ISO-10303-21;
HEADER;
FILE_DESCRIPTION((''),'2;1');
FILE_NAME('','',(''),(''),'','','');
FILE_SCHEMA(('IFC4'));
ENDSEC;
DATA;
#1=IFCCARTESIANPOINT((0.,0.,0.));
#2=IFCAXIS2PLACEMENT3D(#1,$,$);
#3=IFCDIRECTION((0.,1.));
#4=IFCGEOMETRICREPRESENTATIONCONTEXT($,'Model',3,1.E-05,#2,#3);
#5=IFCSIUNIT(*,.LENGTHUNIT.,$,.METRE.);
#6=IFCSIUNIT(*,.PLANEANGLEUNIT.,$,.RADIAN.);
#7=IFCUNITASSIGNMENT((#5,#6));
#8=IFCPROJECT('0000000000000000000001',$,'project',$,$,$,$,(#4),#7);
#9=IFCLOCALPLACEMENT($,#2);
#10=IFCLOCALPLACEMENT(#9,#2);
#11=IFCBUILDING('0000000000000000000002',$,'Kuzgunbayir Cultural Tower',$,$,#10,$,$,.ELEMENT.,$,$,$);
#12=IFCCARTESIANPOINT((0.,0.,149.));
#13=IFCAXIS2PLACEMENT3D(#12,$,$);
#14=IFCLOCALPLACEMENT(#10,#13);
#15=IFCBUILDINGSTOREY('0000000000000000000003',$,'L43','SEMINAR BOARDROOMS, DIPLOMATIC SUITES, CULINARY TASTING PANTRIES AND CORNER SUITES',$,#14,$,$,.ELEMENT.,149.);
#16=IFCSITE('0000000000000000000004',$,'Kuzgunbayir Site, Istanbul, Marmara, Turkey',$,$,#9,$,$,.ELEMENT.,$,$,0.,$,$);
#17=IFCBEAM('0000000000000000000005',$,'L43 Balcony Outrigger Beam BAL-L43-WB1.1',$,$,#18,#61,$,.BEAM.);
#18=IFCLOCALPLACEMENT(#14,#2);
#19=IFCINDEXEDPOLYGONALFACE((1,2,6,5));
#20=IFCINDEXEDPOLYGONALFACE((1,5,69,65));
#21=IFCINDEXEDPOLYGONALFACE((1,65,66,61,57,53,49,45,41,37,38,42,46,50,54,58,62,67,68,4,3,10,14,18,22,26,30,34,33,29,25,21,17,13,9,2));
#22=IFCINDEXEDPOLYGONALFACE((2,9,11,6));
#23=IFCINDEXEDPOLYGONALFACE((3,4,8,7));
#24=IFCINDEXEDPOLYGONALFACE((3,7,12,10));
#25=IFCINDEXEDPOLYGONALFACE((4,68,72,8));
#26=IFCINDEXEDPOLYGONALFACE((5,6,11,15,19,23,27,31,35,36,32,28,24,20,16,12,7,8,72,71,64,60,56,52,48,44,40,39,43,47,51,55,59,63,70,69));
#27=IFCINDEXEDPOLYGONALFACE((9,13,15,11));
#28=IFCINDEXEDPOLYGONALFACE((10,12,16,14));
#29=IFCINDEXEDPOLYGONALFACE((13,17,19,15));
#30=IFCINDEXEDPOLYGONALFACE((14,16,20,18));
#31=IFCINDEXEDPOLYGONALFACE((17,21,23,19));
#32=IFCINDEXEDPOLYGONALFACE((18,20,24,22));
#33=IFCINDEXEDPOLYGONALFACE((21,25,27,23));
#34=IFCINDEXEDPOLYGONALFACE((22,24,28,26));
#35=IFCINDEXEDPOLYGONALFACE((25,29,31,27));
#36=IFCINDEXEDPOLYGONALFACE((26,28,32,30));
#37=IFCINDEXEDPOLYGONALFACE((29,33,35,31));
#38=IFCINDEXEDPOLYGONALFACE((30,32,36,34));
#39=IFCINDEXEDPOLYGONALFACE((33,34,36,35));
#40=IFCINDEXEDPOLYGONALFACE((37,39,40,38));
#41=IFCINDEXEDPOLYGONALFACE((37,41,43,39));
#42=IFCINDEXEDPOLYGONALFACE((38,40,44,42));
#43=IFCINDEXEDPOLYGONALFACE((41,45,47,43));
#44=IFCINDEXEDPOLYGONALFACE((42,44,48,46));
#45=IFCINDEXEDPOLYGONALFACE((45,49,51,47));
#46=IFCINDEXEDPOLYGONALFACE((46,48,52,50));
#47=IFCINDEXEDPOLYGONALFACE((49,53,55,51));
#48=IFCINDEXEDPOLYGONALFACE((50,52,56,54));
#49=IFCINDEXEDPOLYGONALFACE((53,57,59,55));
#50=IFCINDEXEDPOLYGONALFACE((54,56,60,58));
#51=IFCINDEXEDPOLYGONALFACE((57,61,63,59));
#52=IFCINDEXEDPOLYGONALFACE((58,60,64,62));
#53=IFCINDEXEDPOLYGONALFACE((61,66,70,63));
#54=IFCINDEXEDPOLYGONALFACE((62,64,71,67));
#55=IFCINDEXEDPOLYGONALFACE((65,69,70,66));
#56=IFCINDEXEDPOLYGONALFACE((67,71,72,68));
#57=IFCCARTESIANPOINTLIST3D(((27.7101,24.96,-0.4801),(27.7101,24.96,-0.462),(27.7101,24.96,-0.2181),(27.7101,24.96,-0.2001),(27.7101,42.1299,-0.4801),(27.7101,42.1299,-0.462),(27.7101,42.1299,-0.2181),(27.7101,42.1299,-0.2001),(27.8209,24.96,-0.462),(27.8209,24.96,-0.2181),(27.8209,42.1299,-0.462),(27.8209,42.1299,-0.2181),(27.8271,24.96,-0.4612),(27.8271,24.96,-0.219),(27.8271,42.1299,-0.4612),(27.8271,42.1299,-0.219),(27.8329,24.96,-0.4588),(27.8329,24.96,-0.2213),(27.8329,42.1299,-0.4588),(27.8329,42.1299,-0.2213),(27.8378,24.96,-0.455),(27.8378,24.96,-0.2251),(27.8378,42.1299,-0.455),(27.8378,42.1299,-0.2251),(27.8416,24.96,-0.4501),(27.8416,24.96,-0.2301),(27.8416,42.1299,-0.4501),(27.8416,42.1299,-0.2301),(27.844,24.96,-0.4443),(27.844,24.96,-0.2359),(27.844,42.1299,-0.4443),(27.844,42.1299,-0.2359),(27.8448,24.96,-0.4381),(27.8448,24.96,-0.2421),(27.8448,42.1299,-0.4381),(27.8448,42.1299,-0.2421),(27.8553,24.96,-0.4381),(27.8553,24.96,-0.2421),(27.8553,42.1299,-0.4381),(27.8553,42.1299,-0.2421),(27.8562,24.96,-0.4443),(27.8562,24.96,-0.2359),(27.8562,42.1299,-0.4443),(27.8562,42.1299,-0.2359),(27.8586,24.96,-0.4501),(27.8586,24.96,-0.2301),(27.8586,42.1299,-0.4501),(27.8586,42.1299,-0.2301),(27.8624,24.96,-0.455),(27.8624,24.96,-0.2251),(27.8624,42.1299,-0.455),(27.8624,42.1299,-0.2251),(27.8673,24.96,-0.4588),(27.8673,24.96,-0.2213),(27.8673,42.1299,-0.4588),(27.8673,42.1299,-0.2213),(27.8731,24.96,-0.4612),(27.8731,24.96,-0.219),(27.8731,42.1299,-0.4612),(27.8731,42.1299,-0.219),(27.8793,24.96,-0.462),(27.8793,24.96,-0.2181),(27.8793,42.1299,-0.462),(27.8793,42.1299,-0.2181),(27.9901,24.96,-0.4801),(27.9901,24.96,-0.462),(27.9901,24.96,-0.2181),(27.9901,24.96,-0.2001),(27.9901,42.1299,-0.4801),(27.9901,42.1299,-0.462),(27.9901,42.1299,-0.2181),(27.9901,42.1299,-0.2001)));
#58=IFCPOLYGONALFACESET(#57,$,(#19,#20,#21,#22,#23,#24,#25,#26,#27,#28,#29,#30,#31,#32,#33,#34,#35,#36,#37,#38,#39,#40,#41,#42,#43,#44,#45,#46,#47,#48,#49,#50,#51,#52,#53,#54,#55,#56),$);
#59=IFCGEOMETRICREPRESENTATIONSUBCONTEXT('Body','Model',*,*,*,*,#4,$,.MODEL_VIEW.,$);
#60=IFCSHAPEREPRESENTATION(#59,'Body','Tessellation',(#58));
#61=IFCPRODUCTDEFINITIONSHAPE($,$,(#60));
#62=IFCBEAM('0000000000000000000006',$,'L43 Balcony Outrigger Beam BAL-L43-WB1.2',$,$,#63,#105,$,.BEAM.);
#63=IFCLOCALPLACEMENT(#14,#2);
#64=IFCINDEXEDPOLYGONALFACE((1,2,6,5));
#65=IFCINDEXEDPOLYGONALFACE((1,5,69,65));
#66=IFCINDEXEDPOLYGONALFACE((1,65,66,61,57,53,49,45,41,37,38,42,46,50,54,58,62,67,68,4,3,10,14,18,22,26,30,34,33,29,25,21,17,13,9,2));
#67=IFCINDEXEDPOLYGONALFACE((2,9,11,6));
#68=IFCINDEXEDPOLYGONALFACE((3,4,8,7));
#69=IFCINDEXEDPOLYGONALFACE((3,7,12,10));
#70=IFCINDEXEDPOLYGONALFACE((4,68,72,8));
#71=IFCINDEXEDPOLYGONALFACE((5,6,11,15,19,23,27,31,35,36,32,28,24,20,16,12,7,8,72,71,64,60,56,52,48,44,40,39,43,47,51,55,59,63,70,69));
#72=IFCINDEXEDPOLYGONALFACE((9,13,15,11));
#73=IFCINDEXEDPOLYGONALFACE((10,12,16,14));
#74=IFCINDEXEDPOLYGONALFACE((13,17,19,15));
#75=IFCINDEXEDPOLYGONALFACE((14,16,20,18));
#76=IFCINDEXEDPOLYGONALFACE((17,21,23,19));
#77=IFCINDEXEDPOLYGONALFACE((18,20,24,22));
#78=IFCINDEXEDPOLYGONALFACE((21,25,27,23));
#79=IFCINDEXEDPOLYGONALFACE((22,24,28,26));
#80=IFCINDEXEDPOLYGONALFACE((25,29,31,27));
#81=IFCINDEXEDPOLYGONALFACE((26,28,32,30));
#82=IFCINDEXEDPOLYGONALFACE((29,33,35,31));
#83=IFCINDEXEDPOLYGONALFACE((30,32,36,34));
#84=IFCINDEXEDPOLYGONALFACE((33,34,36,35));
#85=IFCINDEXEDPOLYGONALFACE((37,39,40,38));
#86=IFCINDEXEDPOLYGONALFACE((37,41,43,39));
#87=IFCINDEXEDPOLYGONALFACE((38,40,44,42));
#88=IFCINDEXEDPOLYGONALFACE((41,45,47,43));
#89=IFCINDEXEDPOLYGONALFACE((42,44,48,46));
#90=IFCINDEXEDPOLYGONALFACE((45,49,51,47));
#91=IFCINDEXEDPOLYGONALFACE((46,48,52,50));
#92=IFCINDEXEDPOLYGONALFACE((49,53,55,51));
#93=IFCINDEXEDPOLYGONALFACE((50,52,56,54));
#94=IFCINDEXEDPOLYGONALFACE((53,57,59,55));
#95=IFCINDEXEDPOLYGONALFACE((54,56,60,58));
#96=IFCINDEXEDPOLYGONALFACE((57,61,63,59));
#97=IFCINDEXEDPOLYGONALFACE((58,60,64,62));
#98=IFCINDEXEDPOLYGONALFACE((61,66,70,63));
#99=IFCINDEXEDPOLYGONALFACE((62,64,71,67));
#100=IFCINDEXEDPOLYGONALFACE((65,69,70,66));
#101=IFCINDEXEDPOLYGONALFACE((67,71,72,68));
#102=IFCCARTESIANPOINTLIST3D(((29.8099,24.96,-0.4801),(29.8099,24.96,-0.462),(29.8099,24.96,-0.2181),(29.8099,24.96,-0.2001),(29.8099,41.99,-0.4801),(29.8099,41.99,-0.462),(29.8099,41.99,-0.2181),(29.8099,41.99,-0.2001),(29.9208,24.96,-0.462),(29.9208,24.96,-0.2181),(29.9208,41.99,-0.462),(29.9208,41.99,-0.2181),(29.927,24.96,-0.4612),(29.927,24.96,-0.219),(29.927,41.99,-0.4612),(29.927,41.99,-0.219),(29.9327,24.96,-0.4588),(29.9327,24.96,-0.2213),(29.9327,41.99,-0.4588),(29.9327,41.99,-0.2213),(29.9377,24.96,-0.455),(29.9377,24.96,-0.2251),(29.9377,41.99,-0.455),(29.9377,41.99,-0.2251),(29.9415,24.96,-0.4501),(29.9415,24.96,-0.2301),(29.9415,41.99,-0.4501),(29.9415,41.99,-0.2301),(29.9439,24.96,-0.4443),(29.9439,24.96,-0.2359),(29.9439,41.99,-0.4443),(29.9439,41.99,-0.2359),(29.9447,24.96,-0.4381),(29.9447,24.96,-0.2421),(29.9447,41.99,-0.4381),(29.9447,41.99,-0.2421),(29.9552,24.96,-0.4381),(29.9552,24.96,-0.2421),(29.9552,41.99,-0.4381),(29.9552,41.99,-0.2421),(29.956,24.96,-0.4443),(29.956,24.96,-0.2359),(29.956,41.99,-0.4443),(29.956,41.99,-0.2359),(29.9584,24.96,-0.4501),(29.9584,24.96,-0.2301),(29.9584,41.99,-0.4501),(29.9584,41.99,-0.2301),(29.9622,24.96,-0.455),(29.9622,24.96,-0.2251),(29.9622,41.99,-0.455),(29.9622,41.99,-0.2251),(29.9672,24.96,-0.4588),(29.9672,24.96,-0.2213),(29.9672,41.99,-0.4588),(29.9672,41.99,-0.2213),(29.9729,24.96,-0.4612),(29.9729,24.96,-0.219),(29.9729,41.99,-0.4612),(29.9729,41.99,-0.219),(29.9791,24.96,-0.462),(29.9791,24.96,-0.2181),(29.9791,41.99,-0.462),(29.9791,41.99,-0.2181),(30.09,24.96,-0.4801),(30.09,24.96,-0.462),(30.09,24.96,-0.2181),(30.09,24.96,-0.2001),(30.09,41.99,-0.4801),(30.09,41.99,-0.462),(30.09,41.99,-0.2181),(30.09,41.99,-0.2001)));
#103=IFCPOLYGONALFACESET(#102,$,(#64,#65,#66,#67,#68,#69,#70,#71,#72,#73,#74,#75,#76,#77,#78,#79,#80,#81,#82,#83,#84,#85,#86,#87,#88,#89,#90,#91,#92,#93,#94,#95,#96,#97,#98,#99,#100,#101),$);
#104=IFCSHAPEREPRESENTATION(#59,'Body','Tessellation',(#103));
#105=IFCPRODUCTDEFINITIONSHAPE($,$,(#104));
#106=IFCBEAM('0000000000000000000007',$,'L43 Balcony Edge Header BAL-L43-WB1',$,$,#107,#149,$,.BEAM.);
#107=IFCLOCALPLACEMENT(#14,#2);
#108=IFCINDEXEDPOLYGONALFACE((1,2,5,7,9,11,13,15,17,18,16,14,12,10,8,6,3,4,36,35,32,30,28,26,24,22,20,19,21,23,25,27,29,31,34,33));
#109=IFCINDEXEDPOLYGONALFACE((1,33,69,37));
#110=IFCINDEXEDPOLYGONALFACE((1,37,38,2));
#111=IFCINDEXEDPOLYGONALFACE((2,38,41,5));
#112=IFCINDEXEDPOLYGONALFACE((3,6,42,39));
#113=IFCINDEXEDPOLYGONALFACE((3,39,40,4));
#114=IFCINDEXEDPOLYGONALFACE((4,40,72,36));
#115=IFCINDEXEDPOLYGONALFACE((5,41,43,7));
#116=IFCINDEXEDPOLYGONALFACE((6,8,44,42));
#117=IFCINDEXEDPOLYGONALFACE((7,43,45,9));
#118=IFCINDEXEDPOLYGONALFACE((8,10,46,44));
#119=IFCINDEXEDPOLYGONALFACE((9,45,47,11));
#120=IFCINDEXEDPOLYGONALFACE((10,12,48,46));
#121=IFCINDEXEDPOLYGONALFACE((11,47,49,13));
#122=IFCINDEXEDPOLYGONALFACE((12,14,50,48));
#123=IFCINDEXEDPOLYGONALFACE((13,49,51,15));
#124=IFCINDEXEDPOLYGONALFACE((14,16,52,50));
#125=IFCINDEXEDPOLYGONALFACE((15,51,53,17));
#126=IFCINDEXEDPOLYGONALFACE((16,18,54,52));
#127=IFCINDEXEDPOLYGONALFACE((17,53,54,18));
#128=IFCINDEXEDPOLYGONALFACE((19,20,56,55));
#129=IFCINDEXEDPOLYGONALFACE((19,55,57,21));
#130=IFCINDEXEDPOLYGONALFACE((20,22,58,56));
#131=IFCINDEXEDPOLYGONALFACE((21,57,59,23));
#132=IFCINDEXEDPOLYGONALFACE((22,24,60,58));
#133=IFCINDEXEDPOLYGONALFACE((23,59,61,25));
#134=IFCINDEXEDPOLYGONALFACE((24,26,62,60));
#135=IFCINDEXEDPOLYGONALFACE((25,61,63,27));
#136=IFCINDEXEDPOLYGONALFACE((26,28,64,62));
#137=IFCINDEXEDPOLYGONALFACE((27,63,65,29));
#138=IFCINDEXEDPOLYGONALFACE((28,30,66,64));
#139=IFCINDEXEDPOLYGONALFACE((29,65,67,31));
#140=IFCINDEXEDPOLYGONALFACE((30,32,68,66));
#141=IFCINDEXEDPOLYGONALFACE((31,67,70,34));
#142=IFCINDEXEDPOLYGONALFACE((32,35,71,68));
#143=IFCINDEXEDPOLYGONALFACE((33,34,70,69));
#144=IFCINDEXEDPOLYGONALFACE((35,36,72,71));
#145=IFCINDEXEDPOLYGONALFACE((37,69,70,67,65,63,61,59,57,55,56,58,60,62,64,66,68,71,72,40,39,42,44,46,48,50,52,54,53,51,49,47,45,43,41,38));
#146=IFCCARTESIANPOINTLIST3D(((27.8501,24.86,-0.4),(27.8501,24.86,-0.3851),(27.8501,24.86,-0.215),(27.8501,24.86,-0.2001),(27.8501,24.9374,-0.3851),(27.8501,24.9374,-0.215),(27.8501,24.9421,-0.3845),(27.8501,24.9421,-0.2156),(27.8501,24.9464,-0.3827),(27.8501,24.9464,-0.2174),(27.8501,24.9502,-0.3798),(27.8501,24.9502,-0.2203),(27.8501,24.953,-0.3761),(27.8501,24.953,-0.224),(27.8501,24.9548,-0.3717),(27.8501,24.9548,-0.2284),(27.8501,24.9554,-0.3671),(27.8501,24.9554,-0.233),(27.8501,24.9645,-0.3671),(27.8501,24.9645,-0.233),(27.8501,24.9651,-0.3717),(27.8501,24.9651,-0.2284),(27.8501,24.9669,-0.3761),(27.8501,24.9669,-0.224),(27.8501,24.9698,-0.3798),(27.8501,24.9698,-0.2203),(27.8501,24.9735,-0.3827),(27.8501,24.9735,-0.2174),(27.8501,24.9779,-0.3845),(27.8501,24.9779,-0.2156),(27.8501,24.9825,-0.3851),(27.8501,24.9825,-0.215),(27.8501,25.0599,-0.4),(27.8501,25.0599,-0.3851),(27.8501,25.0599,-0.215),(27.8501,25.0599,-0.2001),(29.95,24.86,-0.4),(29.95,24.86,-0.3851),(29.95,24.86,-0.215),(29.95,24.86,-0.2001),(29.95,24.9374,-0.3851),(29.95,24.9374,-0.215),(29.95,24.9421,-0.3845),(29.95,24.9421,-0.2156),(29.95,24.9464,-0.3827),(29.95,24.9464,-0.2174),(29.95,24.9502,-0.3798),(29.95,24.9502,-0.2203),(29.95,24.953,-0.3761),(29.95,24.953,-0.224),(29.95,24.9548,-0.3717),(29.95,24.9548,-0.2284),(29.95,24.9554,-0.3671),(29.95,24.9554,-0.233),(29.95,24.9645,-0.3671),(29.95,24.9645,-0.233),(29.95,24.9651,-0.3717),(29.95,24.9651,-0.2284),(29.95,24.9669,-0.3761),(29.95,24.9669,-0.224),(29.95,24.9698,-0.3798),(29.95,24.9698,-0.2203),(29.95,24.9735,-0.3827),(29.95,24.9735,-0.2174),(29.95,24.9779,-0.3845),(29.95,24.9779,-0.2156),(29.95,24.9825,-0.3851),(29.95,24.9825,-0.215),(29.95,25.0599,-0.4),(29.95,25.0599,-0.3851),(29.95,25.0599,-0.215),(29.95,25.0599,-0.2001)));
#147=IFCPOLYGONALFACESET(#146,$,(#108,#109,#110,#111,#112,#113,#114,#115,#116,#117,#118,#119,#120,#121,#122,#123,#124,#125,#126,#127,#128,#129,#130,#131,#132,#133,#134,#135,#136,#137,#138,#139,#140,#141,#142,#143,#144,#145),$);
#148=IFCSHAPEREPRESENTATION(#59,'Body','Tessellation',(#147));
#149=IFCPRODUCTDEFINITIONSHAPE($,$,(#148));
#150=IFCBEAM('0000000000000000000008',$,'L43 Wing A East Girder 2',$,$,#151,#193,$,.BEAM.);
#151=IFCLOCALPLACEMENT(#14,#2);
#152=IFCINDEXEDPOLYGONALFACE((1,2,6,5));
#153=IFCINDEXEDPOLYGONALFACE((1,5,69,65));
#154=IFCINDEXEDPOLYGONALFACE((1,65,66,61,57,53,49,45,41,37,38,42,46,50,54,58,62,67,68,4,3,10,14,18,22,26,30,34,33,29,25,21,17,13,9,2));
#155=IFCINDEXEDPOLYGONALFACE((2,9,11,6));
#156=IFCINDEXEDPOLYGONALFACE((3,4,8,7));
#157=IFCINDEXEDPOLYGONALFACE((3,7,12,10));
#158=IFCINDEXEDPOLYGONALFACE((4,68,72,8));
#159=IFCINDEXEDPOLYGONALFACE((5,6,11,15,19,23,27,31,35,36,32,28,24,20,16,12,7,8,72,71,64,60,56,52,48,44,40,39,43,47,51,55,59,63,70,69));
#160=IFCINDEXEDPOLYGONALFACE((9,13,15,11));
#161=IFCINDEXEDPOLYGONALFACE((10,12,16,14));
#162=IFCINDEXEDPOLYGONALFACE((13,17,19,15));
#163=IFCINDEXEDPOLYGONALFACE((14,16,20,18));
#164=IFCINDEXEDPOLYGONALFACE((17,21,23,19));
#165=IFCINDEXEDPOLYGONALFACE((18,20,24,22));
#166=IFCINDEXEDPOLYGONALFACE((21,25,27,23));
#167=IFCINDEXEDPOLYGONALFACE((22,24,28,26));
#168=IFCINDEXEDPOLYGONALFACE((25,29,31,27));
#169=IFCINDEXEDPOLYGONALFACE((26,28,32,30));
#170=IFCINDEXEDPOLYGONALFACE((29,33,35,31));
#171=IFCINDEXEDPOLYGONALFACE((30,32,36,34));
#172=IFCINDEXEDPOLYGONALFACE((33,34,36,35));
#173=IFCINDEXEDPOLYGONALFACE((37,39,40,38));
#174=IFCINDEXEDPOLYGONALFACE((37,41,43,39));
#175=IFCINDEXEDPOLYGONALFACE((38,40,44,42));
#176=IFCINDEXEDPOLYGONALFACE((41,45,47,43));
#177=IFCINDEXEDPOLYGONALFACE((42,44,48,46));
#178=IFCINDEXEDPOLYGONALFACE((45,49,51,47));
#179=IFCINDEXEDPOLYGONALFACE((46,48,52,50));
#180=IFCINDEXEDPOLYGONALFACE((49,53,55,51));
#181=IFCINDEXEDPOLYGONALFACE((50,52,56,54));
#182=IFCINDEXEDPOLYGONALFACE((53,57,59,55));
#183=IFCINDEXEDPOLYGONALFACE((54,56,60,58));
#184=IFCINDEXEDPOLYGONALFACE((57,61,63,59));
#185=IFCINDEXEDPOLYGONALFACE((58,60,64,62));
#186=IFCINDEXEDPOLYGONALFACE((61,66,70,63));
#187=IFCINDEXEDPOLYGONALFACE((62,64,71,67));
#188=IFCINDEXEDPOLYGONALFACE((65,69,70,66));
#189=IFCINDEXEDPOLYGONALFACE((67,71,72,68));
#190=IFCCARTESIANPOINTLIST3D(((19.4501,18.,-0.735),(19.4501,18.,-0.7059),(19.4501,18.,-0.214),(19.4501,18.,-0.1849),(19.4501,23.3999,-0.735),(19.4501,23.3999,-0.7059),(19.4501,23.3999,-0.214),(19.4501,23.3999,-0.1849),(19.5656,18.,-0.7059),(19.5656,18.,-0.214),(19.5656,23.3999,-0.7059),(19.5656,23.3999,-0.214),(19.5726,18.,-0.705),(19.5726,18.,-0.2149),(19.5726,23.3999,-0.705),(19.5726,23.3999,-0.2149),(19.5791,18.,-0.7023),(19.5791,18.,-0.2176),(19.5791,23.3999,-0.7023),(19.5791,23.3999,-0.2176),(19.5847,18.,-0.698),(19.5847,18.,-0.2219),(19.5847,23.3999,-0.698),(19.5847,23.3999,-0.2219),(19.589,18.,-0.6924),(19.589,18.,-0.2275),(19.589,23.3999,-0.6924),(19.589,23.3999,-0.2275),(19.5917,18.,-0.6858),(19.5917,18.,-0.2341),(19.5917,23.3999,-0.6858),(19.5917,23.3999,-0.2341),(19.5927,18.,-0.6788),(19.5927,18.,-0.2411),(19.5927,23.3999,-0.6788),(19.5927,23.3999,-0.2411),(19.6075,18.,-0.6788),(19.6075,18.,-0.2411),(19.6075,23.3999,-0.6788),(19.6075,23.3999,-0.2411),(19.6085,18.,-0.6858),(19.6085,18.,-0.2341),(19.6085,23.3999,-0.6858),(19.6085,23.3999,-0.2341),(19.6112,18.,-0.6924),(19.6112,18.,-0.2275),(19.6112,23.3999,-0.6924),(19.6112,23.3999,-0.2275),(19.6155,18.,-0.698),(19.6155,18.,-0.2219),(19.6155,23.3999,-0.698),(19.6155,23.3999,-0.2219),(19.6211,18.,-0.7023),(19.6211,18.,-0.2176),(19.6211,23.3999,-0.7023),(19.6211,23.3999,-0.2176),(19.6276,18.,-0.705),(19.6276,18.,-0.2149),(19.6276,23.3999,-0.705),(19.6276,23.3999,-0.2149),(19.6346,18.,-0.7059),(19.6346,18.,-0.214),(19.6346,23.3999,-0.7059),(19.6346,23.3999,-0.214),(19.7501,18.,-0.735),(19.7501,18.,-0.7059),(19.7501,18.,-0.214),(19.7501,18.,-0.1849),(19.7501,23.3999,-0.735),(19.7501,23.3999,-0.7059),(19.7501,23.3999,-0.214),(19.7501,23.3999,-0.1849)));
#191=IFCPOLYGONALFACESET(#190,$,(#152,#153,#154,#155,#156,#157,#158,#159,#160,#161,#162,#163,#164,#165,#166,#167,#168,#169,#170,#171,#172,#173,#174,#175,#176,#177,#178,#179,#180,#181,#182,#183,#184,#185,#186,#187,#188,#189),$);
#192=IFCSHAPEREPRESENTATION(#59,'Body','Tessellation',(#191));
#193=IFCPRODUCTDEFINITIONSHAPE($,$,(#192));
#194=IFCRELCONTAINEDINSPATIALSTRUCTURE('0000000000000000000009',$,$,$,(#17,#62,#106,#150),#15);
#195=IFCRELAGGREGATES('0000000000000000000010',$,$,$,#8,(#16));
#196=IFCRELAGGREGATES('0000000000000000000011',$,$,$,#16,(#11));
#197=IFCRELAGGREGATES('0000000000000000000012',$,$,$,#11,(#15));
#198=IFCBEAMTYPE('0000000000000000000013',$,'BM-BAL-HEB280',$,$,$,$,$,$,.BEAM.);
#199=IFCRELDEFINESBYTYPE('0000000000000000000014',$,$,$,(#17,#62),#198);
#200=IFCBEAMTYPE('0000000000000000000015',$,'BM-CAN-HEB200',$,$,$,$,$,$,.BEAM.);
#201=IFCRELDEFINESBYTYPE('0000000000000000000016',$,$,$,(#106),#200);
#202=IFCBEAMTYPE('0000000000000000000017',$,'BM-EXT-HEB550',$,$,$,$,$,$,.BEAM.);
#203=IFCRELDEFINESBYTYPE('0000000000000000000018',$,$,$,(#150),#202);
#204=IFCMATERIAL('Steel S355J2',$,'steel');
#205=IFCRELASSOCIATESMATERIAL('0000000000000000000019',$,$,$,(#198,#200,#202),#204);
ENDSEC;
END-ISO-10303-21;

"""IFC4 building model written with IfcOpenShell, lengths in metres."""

from ifc_helpers import new_model, si_unit, direction, frame, origin, origin_2d, place, context, subcontext, project, spatial, i_section, extrude, material, material_profile, profile_set, type_object, element, save


model = new_model("IFC4")

# Units and contexts
model_context = context("Model", 3, precision=1e-05, world=origin(), true_north=direction((0.0, 1.0)))
body_context = subcontext(model_context, "Body", "Model", "MODEL_VIEW")
ifc_project = project(units=[si_unit("LENGTHUNIT", "METRE"), si_unit("PLANEANGLEUNIT", "RADIAN")], contexts=[model_context])

# Site, building, storey
site_placement = place(None, origin())
site = spatial("IfcSite", under=ifc_project, at=site_placement, Name="Kuzgunbayir Site, Istanbul, Marmara, Turkey", CompositionType="ELEMENT", RefElevation=0.0)
building_placement = place(site_placement, origin())
building = spatial("IfcBuilding", under=site, at=building_placement, Name="Kuzgunbayir Cultural Tower", CompositionType="ELEMENT")
storey_placement = place(building_placement, frame((0.0, 0.0, 149.0)))
storey = spatial("IfcBuildingStorey", under=building, at=storey_placement, Name="L43", Description="SEMINAR BOARDROOMS, DIPLOMATIC SUITES, CULINARY TASTING PANTRIES AND CORNER SUITES", CompositionType="ELEMENT", Elevation=149.0)

# Beams
ifc_material_1 = material(Name="Steel S355J2", Category="steel")
ifc_material_profile_1 = material_profile(ifc_material_1, i_section(OverallWidth=0.28, OverallDepth=0.28, WebThickness=0.0105, FlangeThickness=0.0181, FilletRadius=0.0239, at=origin_2d()), Name="HEB 280")
ifc_profile_set_1 = profile_set([ifc_material_profile_1], Name="Steel S355J2")
beam_type_1 = type_object("IfcBeamType", Name="BM-BAL-HEB280", PredefinedType="BEAM", material=ifc_profile_set_1)
beam_1_placement = place(storey_placement, frame((27.8501, 24.96, -0.3401), z_axis=(0.0, 1.0, 0.0), x_axis=(-1.0, 0.0, 0.0)))
element("IfcBeam", 1, at=beam_1_placement, inside=storey, type_object=beam_type_1, Name="L43 Balcony Outrigger Beam BAL-L43-WB1.1", PredefinedType="BEAM", context=body_context, shape_type="SweptSolid", body=[
    extrude(i_section(OverallWidth=0.28, OverallDepth=0.28, WebThickness=0.0105, FlangeThickness=0.0181, FilletRadius=0.0239, at=origin_2d()), origin(), (0.0, 0.0, 1.0), 17.1699),
])
beam_2_placement = place(storey_placement, frame((29.95, 24.96, -0.3401), z_axis=(0.0, 1.0, 0.0), x_axis=(-1.0, 0.0, 0.0)))
element("IfcBeam", 2, at=beam_2_placement, inside=storey, type_object=beam_type_1, Name="L43 Balcony Outrigger Beam BAL-L43-WB1.2", PredefinedType="BEAM", context=body_context, shape_type="SweptSolid", body=[
    extrude(i_section(OverallWidth=0.28, OverallDepth=0.28, WebThickness=0.0105, FlangeThickness=0.0181, FilletRadius=0.0239, at=origin_2d()), origin(), (0.0, 0.0, 1.0), 17.03),
])
ifc_material_profile_2 = material_profile(ifc_material_1, i_section(OverallWidth=0.2, OverallDepth=0.2, WebThickness=0.009, FlangeThickness=0.0149, FilletRadius=0.0181, at=origin_2d()), Name="HEB 200")
ifc_profile_set_2 = profile_set([ifc_material_profile_2], Name="Steel S355J2")
beam_type_2 = type_object("IfcBeamType", Name="BM-CAN-HEB200", PredefinedType="BEAM", material=ifc_profile_set_2)
beam_3_placement = place(storey_placement, frame((27.8501, 24.96, -0.3), z_axis=(1.0, 0.0, 0.0), x_axis=(0.0, 1.0, 0.0)))
element("IfcBeam", 3, at=beam_3_placement, inside=storey, type_object=beam_type_2, Name="L43 Balcony Edge Header BAL-L43-WB1", PredefinedType="BEAM", context=body_context, shape_type="SweptSolid", body=[
    extrude(i_section(OverallWidth=0.2, OverallDepth=0.2, WebThickness=0.009, FlangeThickness=0.0149, FilletRadius=0.0181, at=origin_2d()), origin(), (0.0, 0.0, 1.0), 2.0999),
])
ifc_material_profile_3 = material_profile(ifc_material_1, i_section(OverallWidth=0.3, OverallDepth=0.55, WebThickness=0.0149, FlangeThickness=0.0291, FilletRadius=0.0271, at=origin_2d()), Name="HEB 550")
ifc_profile_set_3 = profile_set([ifc_material_profile_3], Name="Steel S355J2")
beam_type_3 = type_object("IfcBeamType", Name="BM-EXT-HEB550", PredefinedType="BEAM", material=ifc_profile_set_3)
beam_4_placement = place(storey_placement, frame((19.6001, 18.0, -0.46), z_axis=(0.0, 1.0, 0.0), x_axis=(-1.0, 0.0, 0.0)))
element("IfcBeam", 4, at=beam_4_placement, inside=storey, type_object=beam_type_3, Name="L43 Wing A East Girder 2", PredefinedType="BEAM", context=body_context, shape_type="SweptSolid", body=[
    extrude(i_section(OverallWidth=0.3, OverallDepth=0.55, WebThickness=0.0149, FlangeThickness=0.0291, FilletRadius=0.0271, at=origin_2d()), origin(), (0.0, 0.0, 1.0), 5.3999),
])

save(model, "model.ifc")
